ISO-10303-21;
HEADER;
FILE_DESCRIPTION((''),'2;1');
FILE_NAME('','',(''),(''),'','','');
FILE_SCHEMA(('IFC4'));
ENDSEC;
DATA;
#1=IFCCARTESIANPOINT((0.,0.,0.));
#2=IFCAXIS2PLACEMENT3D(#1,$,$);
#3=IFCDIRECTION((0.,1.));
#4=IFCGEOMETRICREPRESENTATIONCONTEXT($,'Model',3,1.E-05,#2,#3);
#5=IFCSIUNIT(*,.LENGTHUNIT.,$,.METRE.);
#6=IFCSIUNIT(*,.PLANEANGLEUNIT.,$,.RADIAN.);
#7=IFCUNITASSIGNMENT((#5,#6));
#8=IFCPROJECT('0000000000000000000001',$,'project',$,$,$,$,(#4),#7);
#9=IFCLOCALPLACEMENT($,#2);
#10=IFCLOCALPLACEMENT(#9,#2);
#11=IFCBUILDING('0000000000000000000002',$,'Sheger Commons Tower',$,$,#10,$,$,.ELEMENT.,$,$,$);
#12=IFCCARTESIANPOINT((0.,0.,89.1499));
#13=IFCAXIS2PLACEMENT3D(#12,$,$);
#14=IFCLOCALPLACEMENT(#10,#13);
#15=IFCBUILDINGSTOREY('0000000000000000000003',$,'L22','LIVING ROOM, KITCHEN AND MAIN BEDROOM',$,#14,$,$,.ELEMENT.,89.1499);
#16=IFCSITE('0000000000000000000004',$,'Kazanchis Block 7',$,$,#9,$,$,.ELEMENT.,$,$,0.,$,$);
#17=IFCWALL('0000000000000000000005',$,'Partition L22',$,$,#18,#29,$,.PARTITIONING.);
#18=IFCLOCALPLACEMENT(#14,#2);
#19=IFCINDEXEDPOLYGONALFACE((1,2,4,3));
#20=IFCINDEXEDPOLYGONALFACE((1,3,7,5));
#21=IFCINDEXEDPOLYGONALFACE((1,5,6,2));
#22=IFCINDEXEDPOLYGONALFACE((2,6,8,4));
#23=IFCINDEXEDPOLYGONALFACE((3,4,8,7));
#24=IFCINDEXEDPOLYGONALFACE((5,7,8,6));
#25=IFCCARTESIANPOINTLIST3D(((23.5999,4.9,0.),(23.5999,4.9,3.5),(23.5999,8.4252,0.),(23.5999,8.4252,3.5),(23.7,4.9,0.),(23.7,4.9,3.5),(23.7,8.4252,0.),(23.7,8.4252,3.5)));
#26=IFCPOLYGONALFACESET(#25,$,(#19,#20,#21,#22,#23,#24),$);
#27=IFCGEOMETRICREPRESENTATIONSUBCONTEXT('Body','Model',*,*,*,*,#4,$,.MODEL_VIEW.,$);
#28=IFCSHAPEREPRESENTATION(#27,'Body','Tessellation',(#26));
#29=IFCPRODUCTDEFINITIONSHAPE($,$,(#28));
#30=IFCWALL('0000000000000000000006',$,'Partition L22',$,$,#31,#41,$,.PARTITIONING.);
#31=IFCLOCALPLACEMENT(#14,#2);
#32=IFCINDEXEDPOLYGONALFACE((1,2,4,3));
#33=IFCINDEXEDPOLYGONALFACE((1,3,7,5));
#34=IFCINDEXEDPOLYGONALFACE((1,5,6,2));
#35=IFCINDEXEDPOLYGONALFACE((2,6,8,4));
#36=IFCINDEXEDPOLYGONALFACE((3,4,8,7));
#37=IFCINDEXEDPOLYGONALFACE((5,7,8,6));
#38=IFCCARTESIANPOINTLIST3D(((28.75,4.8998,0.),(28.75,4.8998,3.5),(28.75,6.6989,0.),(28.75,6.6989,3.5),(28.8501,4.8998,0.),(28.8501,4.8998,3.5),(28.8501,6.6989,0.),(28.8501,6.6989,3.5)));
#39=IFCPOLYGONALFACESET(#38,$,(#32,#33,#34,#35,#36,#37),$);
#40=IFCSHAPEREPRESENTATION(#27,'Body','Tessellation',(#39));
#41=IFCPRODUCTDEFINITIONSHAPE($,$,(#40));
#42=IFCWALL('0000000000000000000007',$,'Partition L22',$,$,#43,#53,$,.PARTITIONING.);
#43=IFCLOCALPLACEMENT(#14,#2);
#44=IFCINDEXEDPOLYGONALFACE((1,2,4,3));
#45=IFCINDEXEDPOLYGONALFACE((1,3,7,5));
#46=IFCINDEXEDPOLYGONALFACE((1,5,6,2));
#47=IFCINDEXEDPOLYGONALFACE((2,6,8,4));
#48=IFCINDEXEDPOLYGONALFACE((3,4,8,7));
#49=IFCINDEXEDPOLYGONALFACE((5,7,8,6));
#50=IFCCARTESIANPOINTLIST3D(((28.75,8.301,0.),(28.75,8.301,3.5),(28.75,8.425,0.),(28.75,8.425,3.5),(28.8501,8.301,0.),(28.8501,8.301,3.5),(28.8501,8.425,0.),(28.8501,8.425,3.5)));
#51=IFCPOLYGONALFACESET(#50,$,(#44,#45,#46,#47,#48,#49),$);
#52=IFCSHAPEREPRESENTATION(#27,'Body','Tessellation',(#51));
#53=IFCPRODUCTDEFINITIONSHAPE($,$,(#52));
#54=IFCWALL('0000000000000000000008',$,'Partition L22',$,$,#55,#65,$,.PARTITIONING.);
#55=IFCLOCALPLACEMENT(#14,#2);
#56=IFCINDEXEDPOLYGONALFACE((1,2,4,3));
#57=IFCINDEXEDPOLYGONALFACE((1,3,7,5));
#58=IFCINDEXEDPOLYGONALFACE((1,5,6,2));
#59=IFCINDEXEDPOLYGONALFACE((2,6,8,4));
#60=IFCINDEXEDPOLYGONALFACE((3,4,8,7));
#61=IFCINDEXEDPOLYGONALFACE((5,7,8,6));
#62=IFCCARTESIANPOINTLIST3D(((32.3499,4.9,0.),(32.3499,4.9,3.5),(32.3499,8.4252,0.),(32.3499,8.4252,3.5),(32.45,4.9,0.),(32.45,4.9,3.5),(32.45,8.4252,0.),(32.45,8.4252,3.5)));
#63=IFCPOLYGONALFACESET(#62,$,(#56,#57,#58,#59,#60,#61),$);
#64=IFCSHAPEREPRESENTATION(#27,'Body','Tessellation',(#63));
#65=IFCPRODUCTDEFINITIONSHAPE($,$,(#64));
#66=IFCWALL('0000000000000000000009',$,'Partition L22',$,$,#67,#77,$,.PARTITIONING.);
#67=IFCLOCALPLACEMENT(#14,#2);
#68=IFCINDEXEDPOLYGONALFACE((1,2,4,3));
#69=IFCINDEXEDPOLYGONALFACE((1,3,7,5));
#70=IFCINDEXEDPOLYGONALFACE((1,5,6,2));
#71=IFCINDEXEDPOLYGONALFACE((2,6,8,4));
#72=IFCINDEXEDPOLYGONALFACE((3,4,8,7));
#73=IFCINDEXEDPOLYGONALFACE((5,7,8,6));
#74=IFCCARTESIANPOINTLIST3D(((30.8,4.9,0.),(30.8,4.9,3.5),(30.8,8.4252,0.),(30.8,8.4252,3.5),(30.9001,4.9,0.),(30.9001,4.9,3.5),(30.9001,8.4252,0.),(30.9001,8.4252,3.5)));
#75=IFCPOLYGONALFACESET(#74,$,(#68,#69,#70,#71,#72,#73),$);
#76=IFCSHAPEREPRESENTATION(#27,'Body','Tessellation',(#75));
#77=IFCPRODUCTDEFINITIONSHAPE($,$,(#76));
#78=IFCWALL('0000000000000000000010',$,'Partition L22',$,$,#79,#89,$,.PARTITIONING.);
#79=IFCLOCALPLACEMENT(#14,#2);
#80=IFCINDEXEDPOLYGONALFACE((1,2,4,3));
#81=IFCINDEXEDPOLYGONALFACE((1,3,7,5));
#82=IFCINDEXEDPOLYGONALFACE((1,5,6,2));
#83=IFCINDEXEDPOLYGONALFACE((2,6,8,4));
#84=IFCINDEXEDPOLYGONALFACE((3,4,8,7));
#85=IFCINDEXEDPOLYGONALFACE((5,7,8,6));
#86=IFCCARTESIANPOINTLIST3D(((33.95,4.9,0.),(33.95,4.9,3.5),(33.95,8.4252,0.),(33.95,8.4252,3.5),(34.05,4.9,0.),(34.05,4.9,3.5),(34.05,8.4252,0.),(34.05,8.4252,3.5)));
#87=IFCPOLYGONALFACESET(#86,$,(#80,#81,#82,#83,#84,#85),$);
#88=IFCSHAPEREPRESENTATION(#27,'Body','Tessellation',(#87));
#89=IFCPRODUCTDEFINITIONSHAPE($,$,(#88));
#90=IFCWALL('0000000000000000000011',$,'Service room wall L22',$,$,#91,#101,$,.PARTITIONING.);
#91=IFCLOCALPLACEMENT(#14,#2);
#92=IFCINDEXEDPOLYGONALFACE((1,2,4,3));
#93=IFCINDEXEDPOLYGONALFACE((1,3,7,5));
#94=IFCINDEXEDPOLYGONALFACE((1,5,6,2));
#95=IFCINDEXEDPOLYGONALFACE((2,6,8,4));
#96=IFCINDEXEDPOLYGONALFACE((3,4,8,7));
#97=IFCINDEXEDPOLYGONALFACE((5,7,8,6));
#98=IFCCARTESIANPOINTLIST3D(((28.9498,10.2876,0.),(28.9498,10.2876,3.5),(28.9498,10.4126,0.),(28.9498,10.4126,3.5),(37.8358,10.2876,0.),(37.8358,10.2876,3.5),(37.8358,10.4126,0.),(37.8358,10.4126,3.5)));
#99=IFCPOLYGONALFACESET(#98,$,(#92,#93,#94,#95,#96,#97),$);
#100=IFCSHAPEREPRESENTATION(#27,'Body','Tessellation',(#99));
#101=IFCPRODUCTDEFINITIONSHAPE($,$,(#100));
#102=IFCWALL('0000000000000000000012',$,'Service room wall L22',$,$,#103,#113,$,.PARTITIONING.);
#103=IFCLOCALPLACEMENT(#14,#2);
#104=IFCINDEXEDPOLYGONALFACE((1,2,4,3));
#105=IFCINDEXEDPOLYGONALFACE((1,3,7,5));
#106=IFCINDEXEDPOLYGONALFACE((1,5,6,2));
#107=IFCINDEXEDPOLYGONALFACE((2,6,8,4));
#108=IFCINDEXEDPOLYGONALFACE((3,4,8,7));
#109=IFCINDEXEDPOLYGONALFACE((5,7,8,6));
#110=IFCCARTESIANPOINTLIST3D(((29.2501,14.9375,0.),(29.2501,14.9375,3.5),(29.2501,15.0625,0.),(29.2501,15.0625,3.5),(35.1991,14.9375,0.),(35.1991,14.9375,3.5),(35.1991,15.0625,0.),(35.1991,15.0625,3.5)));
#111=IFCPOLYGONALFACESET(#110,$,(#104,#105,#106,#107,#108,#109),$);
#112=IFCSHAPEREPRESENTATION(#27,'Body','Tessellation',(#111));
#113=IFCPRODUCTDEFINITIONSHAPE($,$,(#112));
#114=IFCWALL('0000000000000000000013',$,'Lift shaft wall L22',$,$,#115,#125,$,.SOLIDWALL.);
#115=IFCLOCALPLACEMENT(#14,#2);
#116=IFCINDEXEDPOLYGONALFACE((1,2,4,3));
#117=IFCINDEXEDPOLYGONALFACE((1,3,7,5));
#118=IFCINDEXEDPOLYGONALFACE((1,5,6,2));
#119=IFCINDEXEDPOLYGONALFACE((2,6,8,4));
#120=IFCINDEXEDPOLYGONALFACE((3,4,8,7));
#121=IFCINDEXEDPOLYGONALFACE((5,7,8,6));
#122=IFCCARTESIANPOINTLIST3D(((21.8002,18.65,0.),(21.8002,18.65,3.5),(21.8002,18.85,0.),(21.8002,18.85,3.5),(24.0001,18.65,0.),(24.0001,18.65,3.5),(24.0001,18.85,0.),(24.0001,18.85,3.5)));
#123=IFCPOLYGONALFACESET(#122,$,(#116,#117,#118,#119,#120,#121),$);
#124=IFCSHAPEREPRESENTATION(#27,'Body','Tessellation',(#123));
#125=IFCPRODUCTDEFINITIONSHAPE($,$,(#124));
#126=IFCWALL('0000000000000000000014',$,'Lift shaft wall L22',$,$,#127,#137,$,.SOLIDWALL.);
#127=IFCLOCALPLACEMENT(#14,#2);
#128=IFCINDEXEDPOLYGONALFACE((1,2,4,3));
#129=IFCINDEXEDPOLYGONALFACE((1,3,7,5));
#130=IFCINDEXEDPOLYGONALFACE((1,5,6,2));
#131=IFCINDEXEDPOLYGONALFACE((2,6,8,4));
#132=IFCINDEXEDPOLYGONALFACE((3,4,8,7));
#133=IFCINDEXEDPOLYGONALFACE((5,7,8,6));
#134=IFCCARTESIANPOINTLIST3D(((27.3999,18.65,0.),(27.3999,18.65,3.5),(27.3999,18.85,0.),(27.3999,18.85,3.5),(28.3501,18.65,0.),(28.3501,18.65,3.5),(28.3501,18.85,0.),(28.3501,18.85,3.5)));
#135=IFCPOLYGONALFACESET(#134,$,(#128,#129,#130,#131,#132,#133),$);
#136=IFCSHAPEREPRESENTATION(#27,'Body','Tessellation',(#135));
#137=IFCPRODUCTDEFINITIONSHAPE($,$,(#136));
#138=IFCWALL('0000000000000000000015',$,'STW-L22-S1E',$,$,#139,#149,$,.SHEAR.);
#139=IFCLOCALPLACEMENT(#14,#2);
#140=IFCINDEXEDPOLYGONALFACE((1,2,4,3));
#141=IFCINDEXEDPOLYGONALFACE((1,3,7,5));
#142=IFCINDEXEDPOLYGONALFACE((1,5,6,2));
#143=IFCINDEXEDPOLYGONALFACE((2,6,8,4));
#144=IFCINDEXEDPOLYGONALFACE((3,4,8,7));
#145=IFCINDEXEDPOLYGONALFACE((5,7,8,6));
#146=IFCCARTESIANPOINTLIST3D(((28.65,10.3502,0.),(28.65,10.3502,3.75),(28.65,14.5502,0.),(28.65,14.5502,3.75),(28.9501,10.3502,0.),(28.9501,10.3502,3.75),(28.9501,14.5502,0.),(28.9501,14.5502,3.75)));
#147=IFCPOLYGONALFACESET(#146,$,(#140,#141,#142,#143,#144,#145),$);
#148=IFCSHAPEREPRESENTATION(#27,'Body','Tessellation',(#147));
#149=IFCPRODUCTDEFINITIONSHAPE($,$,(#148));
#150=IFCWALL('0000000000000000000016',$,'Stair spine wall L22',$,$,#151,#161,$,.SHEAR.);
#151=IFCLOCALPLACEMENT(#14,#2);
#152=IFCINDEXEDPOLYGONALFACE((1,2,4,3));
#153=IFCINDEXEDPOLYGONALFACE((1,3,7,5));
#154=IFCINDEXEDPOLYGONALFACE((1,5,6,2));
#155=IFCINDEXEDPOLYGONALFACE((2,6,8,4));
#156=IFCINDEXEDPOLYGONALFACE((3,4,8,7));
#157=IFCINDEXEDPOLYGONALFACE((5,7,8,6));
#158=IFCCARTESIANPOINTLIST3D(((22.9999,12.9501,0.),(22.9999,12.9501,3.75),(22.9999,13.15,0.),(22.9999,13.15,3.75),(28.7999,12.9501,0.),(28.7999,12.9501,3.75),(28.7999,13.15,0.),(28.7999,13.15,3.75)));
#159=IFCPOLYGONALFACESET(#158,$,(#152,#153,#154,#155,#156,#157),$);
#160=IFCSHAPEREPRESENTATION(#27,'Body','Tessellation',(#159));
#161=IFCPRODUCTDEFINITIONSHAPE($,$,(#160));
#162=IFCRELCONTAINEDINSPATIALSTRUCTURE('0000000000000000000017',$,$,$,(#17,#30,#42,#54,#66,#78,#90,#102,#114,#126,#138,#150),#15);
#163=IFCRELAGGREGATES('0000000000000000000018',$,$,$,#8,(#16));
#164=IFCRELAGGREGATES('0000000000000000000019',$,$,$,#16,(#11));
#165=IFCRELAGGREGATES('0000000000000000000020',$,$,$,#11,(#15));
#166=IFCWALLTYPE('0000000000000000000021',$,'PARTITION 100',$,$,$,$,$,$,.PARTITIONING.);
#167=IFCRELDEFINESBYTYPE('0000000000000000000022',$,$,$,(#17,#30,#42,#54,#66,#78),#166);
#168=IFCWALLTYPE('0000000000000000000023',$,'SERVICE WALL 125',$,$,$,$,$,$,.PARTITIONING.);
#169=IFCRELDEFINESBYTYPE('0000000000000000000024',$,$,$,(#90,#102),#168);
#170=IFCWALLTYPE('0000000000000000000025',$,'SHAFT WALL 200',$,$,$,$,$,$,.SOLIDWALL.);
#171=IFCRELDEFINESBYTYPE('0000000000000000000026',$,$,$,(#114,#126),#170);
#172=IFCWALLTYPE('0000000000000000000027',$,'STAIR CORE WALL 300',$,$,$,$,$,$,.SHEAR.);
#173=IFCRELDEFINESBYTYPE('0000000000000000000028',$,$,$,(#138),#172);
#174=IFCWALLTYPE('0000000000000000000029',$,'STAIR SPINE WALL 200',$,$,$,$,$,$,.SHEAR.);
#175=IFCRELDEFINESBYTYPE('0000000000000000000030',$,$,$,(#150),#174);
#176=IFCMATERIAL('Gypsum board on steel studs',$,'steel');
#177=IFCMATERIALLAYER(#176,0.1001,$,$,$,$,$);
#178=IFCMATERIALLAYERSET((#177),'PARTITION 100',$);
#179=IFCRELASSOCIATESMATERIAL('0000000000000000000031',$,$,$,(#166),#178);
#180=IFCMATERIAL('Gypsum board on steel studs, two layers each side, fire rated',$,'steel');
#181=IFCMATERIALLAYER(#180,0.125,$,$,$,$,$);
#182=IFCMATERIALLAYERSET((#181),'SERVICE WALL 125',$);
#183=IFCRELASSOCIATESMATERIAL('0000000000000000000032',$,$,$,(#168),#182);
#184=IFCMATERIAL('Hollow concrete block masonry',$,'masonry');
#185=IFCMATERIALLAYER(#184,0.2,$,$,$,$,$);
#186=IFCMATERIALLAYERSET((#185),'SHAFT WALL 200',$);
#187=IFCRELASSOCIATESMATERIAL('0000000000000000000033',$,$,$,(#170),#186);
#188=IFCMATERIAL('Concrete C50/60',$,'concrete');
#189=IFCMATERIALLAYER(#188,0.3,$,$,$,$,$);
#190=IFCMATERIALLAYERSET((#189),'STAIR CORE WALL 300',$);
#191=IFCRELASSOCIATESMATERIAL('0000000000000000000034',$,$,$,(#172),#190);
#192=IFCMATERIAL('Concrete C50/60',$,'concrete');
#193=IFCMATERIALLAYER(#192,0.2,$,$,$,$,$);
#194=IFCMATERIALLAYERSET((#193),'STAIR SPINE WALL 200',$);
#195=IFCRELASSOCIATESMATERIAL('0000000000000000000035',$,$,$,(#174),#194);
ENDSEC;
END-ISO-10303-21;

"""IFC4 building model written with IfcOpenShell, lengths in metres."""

from ifc_helpers import new_model, si_unit, direction, frame, frame_2d, origin, place, context, subcontext, project, spatial, rectangle, extrude, material, layer, layer_set, type_object, element, save


model = new_model("IFC4")

# Units and contexts
model_context = context("Model", 3, precision=1e-05, world=origin(), true_north=direction((0.0, 1.0)))
body_context = subcontext(model_context, "Body", "Model", "MODEL_VIEW")
ifc_project = project(units=[si_unit("LENGTHUNIT", "METRE"), si_unit("PLANEANGLEUNIT", "RADIAN")], contexts=[model_context])

# Site, building, storey
site_placement = place(None, origin())
site = spatial("IfcSite", under=ifc_project, at=site_placement, Name="Kazanchis Block 7", CompositionType="ELEMENT", RefElevation=0.0)
building_placement = place(site_placement, origin())
building = spatial("IfcBuilding", under=site, at=building_placement, Name="Sheger Commons Tower", CompositionType="ELEMENT")
storey_placement = place(building_placement, frame((0.0, 0.0, 89.1499)))
storey = spatial("IfcBuildingStorey", under=building, at=storey_placement, Name="L22", Description="LIVING ROOM, KITCHEN AND MAIN BEDROOM", CompositionType="ELEMENT", Elevation=89.1499)

# Walls
ifc_material_1 = material(Name="Gypsum board on steel studs", Category="steel")
ifc_layer_1 = layer(ifc_material_1, 0.1001)
ifc_layer_set_1 = layer_set([ifc_layer_1], Name="PARTITION 100")
wall_type_1 = type_object("IfcWallType", Name="PARTITION 100", PredefinedType="PARTITIONING", material=ifc_layer_set_1)
wall_1_placement = place(storey_placement, frame((23.6499, 4.8999, 0.0), z_axis=(0.0, 0.0, 1.0), x_axis=(0.0, 1.0, 0.0)))
element("IfcWall", 1, at=wall_1_placement, inside=storey, type_object=wall_type_1, Name="Partition L22", PredefinedType="PARTITIONING", context=body_context, shape_type="SweptSolid", body=[
    extrude(rectangle(XDim=3.5251, YDim=0.1001, at=frame_2d((1.7627, 0.0))), origin(), (0.0, 0.0, 1.0), 3.5),
])
wall_2_placement = place(storey_placement, frame((28.8, 4.8999, 0.0), z_axis=(0.0, 0.0, 1.0), x_axis=(0.0, 1.0, 0.0)))
element("IfcWall", 2, at=wall_2_placement, inside=storey, type_object=wall_type_1, Name="Partition L22", PredefinedType="PARTITIONING", context=body_context, shape_type="SweptSolid", body=[
    extrude(rectangle(XDim=1.7991, YDim=0.1001, at=frame_2d((0.8994, 0.0))), origin(), (0.0, 0.0, 1.0), 3.5),
])
wall_3_placement = place(storey_placement, frame((28.8, 8.301, 0.0), z_axis=(0.0, 0.0, 1.0), x_axis=(0.0, 1.0, 0.0)))
element("IfcWall", 3, at=wall_3_placement, inside=storey, type_object=wall_type_1, Name="Partition L22", PredefinedType="PARTITIONING", context=body_context, shape_type="SweptSolid", body=[
    extrude(rectangle(XDim=0.124, YDim=0.1001, at=frame_2d((0.062, 0.0))), origin(), (0.0, 0.0, 1.0), 3.5),
])
for number, where, z_axis, x_axis, name in (
    (4, (32.3999, 4.8999, 0.0), (0.0, 0.0, 1.0), (0.0, 1.0, 0.0), "Partition L22"),
    (5, (30.8501, 4.8999, 0.0), (0.0, 0.0, 1.0), (0.0, 1.0, 0.0), "Partition L22"),
    (6, (34.0, 4.8999, 0.0), (0.0, 0.0, 1.0), (0.0, 1.0, 0.0), "Partition L22"),
):
    element("IfcWall", number, at=place(storey_placement, frame(where, z_axis=z_axis, x_axis=x_axis)), inside=storey, type_object=wall_type_1, Name=name, PredefinedType="PARTITIONING", context=body_context, shape_type="SweptSolid", body=[
        extrude(rectangle(XDim=3.5251, YDim=0.1001, at=frame_2d((1.7627, 0.0))), origin(), (0.0, 0.0, 1.0), 3.5),
    ])
ifc_material_2 = material(Name="Gypsum board on steel studs, two layers each side, fire rated", Category="steel")
ifc_layer_2 = layer(ifc_material_2, 0.125)
ifc_layer_set_2 = layer_set([ifc_layer_2], Name="SERVICE WALL 125")
wall_type_2 = type_object("IfcWallType", Name="SERVICE WALL 125", PredefinedType="PARTITIONING", material=ifc_layer_set_2)
wall_4_placement = place(storey_placement, frame((28.95, 10.3501, 0.0), z_axis=(0.0, 0.0, 1.0), x_axis=(1.0, 0.0, 0.0)))
element("IfcWall", 7, at=wall_4_placement, inside=storey, type_object=wall_type_2, Name="Service room wall L22", PredefinedType="PARTITIONING", context=body_context, shape_type="SweptSolid", body=[
    extrude(rectangle(XDim=8.886, YDim=0.125, at=frame_2d((4.4429, 0.0))), origin(), (0.0, 0.0, 1.0), 3.5),
])
wall_5_placement = place(storey_placement, frame((29.25, 15.0, 0.0), z_axis=(0.0, 0.0, 1.0), x_axis=(1.0, 0.0, 0.0)))
element("IfcWall", 8, at=wall_5_placement, inside=storey, type_object=wall_type_2, Name="Service room wall L22", PredefinedType="PARTITIONING", context=body_context, shape_type="SweptSolid", body=[
    extrude(rectangle(XDim=5.949, YDim=0.125, at=frame_2d((2.9746, 0.0))), origin(), (0.0, 0.0, 1.0), 3.5),
])
ifc_material_3 = material(Name="Hollow concrete block masonry", Category="masonry")
ifc_layer_3 = layer(ifc_material_3, 0.2)
ifc_layer_set_3 = layer_set([ifc_layer_3], Name="SHAFT WALL 200")
wall_type_3 = type_object("IfcWallType", Name="SHAFT WALL 200", PredefinedType="SOLIDWALL", material=ifc_layer_set_3)
wall_6_placement = place(storey_placement, frame((21.8, 18.75, 0.0), z_axis=(0.0, 0.0, 1.0), x_axis=(1.0, 0.0, 0.0)))
element("IfcWall", 9, at=wall_6_placement, inside=storey, type_object=wall_type_3, Name="Lift shaft wall L22", PredefinedType="SOLIDWALL", context=body_context, shape_type="SweptSolid", body=[
    extrude(rectangle(XDim=2.2, YDim=0.2, at=frame_2d((1.1001, 0.0))), origin(), (0.0, 0.0, 1.0), 3.5),
])
wall_7_placement = place(storey_placement, frame((27.3999, 18.75, 0.0), z_axis=(0.0, 0.0, 1.0), x_axis=(1.0, 0.0, 0.0)))
element("IfcWall", 10, at=wall_7_placement, inside=storey, type_object=wall_type_3, Name="Lift shaft wall L22", PredefinedType="SOLIDWALL", context=body_context, shape_type="SweptSolid", body=[
    extrude(rectangle(XDim=0.9502, YDim=0.2, at=frame_2d((0.4751, 0.0))), origin(), (0.0, 0.0, 1.0), 3.5),
])
ifc_material_4 = material(Name="Concrete C50/60", Category="concrete")
ifc_layer_4 = layer(ifc_material_4, 0.3)
ifc_layer_set_4 = layer_set([ifc_layer_4], Name="STAIR CORE WALL 300")
wall_type_4 = type_object("IfcWallType", Name="STAIR CORE WALL 300", PredefinedType="SHEAR", material=ifc_layer_set_4)
wall_8_placement = place(storey_placement, frame((28.8, 10.3501, 0.0), z_axis=(0.0, 0.0, 1.0), x_axis=(0.0, 1.0, 0.0)))
element("IfcWall", 11, at=wall_8_placement, inside=storey, type_object=wall_type_4, Name="STW-L22-S1E", PredefinedType="SHEAR", context=body_context, shape_type="SweptSolid", body=[
    extrude(rectangle(XDim=4.2, YDim=0.3, at=frame_2d((2.1001, 0.0))), origin(), (0.0, 0.0, 1.0), 3.75),
])
ifc_material_5 = material(Name="Concrete C50/60", Category="concrete")
ifc_layer_5 = layer(ifc_material_5, 0.2)
ifc_layer_set_5 = layer_set([ifc_layer_5], Name="STAIR SPINE WALL 200")
wall_type_5 = type_object("IfcWallType", Name="STAIR SPINE WALL 200", PredefinedType="SHEAR", material=ifc_layer_set_5)
wall_9_placement = place(storey_placement, frame((23.0, 13.05, 0.0), z_axis=(0.0, 0.0, 1.0), x_axis=(1.0, 0.0, 0.0)))
element("IfcWall", 12, at=wall_9_placement, inside=storey, type_object=wall_type_5, Name="Stair spine wall L22", PredefinedType="SHEAR", context=body_context, shape_type="SweptSolid", body=[
    extrude(rectangle(XDim=5.8, YDim=0.2, at=frame_2d((2.8999, 0.0))), origin(), (0.0, 0.0, 1.0), 3.75),
])

save(model, "model.ifc")
